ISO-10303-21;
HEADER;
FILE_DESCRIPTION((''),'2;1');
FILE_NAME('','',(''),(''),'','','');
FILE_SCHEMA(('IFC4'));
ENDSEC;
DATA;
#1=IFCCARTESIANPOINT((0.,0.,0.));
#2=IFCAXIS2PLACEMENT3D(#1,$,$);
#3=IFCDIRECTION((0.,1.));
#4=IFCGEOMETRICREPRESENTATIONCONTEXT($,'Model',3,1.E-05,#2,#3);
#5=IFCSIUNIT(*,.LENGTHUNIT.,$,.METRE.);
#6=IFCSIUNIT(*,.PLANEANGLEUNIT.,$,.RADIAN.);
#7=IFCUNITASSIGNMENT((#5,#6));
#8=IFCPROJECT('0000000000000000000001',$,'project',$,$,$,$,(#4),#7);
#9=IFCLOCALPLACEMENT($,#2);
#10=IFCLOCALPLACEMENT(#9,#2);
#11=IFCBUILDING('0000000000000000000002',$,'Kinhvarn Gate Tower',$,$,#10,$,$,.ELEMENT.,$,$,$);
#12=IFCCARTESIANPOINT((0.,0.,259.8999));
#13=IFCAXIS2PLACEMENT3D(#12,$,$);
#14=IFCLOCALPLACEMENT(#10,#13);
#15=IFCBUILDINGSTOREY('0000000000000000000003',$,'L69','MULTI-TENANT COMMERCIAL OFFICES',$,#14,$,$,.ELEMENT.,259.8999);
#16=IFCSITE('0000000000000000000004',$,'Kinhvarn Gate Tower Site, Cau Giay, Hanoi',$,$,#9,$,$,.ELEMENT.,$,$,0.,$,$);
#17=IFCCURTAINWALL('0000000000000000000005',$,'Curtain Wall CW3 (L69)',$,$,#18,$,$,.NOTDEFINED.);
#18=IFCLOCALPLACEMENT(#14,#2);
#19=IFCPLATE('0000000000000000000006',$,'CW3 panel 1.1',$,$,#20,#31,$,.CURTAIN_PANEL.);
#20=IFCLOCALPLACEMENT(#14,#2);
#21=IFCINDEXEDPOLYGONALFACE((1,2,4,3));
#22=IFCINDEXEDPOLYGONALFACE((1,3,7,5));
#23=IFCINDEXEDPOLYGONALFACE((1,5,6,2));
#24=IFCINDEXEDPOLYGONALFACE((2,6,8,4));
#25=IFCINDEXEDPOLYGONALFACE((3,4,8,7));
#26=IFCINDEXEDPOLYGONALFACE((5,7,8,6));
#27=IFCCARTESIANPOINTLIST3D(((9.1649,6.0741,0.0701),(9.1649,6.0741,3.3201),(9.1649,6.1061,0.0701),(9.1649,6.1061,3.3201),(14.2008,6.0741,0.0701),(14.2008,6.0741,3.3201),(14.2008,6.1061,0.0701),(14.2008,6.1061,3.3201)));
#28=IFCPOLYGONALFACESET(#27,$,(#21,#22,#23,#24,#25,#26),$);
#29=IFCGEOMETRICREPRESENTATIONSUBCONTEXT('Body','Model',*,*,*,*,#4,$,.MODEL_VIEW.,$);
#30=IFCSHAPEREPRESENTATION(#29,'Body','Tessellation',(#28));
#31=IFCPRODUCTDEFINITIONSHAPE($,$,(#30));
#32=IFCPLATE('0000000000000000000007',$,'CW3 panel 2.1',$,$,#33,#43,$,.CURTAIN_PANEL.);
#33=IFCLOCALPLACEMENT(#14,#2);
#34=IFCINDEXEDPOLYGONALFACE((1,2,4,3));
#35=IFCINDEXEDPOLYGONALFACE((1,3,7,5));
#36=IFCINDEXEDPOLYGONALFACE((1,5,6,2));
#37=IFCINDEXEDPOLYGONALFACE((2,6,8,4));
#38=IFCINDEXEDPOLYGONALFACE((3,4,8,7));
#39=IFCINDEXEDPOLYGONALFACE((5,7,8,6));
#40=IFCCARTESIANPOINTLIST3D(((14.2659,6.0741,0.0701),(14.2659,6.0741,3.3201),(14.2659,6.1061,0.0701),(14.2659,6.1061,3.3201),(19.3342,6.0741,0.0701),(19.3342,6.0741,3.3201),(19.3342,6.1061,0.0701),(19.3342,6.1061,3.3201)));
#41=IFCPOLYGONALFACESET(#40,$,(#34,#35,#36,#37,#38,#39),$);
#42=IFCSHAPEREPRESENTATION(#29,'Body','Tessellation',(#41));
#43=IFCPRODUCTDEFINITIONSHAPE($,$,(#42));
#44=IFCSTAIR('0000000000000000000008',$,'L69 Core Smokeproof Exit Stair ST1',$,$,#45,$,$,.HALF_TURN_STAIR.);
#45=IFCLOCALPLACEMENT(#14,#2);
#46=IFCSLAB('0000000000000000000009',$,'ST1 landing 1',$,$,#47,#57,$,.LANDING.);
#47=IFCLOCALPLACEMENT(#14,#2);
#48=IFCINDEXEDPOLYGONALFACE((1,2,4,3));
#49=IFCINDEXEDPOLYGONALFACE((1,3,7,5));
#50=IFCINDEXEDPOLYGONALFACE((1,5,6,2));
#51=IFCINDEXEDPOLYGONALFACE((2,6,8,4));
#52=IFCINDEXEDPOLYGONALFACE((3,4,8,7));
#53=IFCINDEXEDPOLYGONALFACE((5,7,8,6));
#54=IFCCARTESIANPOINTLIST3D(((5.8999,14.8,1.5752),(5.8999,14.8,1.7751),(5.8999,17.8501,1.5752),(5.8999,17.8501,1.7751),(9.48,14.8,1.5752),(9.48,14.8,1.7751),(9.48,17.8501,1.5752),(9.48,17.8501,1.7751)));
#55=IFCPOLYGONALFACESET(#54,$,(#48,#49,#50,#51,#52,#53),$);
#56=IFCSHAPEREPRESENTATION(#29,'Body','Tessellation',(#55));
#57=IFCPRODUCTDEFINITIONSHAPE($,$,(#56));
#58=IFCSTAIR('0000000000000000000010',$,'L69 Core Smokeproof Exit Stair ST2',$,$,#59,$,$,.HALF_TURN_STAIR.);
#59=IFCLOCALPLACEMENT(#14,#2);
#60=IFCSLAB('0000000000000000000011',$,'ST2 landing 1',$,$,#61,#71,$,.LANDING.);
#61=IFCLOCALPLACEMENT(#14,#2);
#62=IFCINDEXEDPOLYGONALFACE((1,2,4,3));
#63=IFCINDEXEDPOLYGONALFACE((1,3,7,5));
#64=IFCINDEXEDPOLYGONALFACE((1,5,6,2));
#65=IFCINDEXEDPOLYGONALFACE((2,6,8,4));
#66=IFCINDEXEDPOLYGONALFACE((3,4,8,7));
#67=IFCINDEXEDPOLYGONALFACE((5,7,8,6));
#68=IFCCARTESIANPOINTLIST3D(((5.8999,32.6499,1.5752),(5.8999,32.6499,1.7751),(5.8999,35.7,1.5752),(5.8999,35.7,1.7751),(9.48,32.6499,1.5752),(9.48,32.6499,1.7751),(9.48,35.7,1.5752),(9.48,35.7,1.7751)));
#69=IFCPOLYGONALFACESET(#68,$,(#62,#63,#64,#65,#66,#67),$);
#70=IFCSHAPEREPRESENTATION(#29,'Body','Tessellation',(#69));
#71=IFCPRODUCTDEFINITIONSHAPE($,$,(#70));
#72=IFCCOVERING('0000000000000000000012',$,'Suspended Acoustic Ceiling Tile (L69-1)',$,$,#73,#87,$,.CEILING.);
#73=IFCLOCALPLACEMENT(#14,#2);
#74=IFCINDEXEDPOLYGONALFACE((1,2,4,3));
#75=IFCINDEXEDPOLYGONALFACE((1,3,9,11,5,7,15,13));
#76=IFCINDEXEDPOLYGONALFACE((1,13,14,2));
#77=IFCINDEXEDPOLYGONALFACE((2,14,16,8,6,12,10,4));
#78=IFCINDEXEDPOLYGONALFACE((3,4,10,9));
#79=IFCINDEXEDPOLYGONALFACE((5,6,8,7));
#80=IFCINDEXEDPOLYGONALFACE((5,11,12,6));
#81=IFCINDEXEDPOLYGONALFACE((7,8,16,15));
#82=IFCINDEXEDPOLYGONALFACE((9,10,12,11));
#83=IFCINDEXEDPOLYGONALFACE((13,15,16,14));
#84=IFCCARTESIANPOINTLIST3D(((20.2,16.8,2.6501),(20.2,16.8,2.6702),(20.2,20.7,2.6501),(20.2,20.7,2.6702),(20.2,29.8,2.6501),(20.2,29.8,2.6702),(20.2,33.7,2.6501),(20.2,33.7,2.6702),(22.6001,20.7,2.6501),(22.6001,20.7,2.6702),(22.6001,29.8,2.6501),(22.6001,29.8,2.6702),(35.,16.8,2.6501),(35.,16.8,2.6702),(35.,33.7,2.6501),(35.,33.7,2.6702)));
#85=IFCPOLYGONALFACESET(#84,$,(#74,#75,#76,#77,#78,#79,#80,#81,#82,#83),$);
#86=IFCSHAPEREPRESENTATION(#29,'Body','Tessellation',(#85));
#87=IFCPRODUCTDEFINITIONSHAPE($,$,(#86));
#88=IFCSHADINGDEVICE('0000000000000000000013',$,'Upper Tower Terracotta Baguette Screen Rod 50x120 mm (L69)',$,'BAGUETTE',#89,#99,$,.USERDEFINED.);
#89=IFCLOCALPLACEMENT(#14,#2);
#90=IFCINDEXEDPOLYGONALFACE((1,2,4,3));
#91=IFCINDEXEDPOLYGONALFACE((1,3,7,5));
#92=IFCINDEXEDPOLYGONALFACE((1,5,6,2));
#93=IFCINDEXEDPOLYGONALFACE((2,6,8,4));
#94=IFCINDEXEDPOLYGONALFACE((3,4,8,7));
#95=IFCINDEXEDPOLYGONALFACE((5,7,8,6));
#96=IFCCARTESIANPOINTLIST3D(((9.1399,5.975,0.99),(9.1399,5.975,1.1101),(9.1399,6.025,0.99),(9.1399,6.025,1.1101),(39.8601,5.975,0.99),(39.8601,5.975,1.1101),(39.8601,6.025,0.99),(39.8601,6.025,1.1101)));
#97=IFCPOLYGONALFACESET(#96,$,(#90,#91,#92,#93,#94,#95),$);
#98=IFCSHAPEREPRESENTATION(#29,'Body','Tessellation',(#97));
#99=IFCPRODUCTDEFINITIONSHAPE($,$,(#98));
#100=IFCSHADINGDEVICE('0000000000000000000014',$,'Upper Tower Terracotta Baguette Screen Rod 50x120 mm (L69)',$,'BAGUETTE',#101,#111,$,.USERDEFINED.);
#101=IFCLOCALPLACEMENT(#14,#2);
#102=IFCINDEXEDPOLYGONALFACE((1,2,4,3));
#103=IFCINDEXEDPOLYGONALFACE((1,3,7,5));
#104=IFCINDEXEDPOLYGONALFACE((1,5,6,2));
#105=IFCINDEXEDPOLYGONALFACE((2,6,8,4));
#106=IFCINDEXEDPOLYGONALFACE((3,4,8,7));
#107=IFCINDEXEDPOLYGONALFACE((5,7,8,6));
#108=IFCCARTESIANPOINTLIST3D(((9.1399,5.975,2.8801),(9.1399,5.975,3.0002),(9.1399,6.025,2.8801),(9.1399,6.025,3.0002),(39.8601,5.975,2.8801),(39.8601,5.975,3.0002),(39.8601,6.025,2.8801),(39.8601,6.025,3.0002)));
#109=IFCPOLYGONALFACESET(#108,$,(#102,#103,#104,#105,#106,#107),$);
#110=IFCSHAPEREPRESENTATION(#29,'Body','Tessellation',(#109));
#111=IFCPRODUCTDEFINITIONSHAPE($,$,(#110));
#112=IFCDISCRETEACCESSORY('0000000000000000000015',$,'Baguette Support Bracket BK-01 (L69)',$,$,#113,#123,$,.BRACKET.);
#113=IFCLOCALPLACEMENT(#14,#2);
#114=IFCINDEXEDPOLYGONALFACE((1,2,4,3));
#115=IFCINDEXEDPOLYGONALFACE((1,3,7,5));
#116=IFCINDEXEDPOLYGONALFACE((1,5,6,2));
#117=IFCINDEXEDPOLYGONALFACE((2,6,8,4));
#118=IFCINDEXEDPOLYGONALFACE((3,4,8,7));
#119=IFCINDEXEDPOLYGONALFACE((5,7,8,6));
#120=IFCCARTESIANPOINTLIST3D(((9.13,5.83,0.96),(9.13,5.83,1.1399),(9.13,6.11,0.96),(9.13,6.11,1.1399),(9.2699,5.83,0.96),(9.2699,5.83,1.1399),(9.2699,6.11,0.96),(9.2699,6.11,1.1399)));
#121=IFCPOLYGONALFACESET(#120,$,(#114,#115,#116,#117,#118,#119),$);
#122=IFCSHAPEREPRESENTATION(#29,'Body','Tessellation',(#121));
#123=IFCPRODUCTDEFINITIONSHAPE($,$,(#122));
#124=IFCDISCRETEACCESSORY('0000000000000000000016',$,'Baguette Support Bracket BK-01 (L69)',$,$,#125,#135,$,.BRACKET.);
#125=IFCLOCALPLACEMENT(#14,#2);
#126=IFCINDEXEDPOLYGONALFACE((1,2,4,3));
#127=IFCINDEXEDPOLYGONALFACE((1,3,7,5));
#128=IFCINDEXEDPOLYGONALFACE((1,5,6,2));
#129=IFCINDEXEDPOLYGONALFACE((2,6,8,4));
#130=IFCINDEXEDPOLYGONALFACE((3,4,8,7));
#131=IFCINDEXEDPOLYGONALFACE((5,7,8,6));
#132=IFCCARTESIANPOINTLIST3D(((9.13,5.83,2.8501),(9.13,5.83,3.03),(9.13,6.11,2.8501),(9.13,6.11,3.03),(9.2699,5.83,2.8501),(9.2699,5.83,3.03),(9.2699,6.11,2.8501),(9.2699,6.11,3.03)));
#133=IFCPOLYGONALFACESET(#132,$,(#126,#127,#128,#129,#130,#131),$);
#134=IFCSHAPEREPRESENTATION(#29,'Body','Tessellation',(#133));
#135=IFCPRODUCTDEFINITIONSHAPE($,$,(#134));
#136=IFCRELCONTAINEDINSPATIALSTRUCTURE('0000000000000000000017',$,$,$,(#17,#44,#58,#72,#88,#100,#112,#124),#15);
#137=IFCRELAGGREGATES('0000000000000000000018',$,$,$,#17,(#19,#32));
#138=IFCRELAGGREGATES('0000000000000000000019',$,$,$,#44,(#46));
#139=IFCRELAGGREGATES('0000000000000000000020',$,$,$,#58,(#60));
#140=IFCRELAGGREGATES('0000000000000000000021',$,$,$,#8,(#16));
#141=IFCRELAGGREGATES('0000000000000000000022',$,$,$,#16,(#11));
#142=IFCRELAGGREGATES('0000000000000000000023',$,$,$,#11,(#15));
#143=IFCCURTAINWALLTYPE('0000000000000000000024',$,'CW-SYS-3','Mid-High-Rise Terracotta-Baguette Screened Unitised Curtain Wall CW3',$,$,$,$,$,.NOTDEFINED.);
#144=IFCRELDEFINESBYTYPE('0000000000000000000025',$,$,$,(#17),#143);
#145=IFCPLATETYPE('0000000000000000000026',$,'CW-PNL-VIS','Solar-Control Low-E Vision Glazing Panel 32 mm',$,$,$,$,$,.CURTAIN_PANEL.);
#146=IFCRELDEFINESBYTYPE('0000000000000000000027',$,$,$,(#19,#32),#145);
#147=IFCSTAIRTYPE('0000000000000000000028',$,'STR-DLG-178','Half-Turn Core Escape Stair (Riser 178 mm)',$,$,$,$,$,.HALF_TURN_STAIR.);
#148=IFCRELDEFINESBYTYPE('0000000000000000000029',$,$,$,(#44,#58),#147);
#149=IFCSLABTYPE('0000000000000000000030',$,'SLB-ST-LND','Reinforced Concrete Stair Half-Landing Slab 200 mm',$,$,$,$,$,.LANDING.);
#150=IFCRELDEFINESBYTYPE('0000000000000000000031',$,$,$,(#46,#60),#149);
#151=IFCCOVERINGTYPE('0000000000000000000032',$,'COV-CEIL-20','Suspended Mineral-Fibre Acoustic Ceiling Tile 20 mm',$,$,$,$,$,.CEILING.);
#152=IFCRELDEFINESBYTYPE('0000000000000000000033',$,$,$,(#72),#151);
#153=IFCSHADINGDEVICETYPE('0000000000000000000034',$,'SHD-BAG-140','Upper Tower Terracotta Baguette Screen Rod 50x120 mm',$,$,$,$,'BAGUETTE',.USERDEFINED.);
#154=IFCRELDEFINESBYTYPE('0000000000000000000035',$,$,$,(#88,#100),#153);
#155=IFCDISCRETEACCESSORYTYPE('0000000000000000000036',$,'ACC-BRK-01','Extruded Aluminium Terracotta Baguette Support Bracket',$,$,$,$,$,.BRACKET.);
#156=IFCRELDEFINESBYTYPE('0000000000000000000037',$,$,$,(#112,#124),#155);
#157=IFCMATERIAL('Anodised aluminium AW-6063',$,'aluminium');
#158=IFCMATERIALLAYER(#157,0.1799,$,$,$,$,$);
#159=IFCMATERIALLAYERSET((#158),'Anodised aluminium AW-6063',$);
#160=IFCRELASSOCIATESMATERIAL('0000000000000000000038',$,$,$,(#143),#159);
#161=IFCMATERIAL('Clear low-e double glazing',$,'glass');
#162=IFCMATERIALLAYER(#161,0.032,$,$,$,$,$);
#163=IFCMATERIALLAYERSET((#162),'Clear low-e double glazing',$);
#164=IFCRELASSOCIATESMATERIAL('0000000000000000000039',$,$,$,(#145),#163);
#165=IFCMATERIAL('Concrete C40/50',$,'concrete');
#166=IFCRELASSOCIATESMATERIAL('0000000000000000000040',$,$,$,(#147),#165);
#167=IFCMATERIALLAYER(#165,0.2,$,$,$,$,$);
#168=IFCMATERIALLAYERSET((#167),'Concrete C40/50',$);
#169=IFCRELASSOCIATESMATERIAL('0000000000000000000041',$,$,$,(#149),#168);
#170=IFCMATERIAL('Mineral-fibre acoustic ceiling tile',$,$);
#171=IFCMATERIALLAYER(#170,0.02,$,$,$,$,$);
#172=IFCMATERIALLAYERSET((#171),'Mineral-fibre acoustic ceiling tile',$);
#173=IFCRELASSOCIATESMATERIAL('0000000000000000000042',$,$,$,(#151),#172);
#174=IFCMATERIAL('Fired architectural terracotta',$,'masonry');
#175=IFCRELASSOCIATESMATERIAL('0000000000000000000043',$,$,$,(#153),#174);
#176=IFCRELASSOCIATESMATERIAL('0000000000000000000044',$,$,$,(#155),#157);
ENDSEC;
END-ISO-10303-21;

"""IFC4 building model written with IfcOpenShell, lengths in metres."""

from ifc_helpers import new_model, si_unit, direction, frame, origin, origin_2d, place, context, subcontext, project, spatial, polyline, rectangle, outline, extrude, material, layer, layer_set, material_profile, profile_set, type_object, element, aggregate, save


model = new_model("IFC4")

# Units and contexts
model_context = context("Model", 3, precision=1e-05, world=origin(), true_north=direction((0.0, 1.0)))
body_context = subcontext(model_context, "Body", "Model", "MODEL_VIEW")
ifc_project = project(units=[si_unit("LENGTHUNIT", "METRE"), si_unit("PLANEANGLEUNIT", "RADIAN")], contexts=[model_context])

# Site, building, storey
site_placement = place(None, origin())
site = spatial("IfcSite", under=ifc_project, at=site_placement, Name="Kinhvarn Gate Tower Site, Cau Giay, Hanoi", CompositionType="ELEMENT", RefElevation=0.0)
building_placement = place(site_placement, origin())
building = spatial("IfcBuilding", under=site, at=building_placement, Name="Kinhvarn Gate Tower", CompositionType="ELEMENT")
storey_placement = place(building_placement, frame((0.0, 0.0, 259.8999)))
storey = spatial("IfcBuildingStorey", under=building, at=storey_placement, Name="L69", Description="MULTI-TENANT COMMERCIAL OFFICES", CompositionType="ELEMENT", Elevation=259.8999)

# Curtain wall
ifc_material_1 = material(Name="Anodised aluminium AW-6063", Category="aluminium")
ifc_layer_1 = layer(ifc_material_1, 0.1799)
ifc_layer_set_1 = layer_set([ifc_layer_1], Name="Anodised aluminium AW-6063")
curtain_wall_type = type_object("IfcCurtainWallType", Name="CW-SYS-3", Description="Mid-High-Rise Terracotta-Baguette Screened Unitised Curtain Wall CW3", PredefinedType="NOTDEFINED", material=ifc_layer_set_1)
curtain_wall_placement = place(storey_placement, origin())
curtain_wall = element("IfcCurtainWall", 1, at=curtain_wall_placement, inside=storey, type_object=curtain_wall_type, Name="Curtain Wall CW3 (L69)", PredefinedType="NOTDEFINED")

# Plates
ifc_material_2 = material(Name="Clear low-e double glazing", Category="glass")
ifc_layer_2 = layer(ifc_material_2, 0.032)
ifc_layer_set_2 = layer_set([ifc_layer_2], Name="Clear low-e double glazing")
plate_type = type_object("IfcPlateType", Name="CW-PNL-VIS", Description="Solar-Control Low-E Vision Glazing Panel 32 mm", PredefinedType="CURTAIN_PANEL", material=ifc_layer_set_2)
plate_1_placement = place(storey_placement, frame((11.6829, 6.0901, 0.0701), z_axis=(0.0, 0.0, 1.0), x_axis=(1.0, 0.0, 0.0)))
plate_1 = element("IfcPlate", 2, at=plate_1_placement, type_object=plate_type, Name="CW3 panel 1.1", PredefinedType="CURTAIN_PANEL", context=body_context, shape_type="SweptSolid", body=[
    extrude(rectangle(XDim=5.0359, YDim=0.032, at=origin_2d()), origin(), (0.0, 0.0, 1.0), 3.25),
])
plate_2_placement = place(storey_placement, frame((16.8, 6.0901, 0.0701), z_axis=(0.0, 0.0, 1.0), x_axis=(1.0, 0.0, 0.0)))
plate_2 = element("IfcPlate", 3, at=plate_2_placement, type_object=plate_type, Name="CW3 panel 2.1", PredefinedType="CURTAIN_PANEL", context=body_context, shape_type="SweptSolid", body=[
    extrude(rectangle(XDim=5.0684, YDim=0.032, at=origin_2d()), origin(), (0.0, 0.0, 1.0), 3.25),
])
aggregate(curtain_wall, [plate_1, plate_2])

# Stairs, slabs
ifc_material_3 = material(Name="Concrete C40/50", Category="concrete")
stair_type = type_object("IfcStairType", Name="STR-DLG-178", Description="Half-Turn Core Escape Stair (Riser 178 mm)", PredefinedType="HALF_TURN_STAIR", material=ifc_material_3)
stair_1_placement = place(storey_placement, origin())
stair_1 = element("IfcStair", 4, at=stair_1_placement, inside=storey, type_object=stair_type, Name="L69 Core Smokeproof Exit Stair ST1", PredefinedType="HALF_TURN_STAIR")
ifc_layer_3 = layer(ifc_material_3, 0.2)
ifc_layer_set_3 = layer_set([ifc_layer_3], Name="Concrete C40/50")
slab_type = type_object("IfcSlabType", Name="SLB-ST-LND", Description="Reinforced Concrete Stair Half-Landing Slab 200 mm", PredefinedType="LANDING", material=ifc_layer_set_3)
slab_1_placement = place(storey_placement, frame((0.0, 0.0, 1.5752)))
slab_1 = element("IfcSlab", 5, at=slab_1_placement, type_object=slab_type, Name="ST1 landing 1", PredefinedType="LANDING", context=body_context, shape_type="SweptSolid", body=[
    extrude(outline(polyline([(9.48, 17.8501), (5.8999, 17.8501), (5.8999, 14.8), (9.48, 14.8), (9.48, 17.8501)])), origin(), (0.0, 0.0, 1.0), 0.2),
])
aggregate(stair_1, [slab_1])
stair_2_placement = place(storey_placement, origin())
stair_2 = element("IfcStair", 6, at=stair_2_placement, inside=storey, type_object=stair_type, Name="L69 Core Smokeproof Exit Stair ST2", PredefinedType="HALF_TURN_STAIR")
slab_2_placement = place(storey_placement, frame((0.0, 0.0, 1.5752)))
slab_2 = element("IfcSlab", 7, at=slab_2_placement, type_object=slab_type, Name="ST2 landing 1", PredefinedType="LANDING", context=body_context, shape_type="SweptSolid", body=[
    extrude(outline(polyline([(9.48, 35.7), (5.8999, 35.7), (5.8999, 32.6499), (9.48, 32.6499), (9.48, 35.7)])), origin(), (0.0, 0.0, 1.0), 0.2),
])
aggregate(stair_2, [slab_2])

# Covering
ifc_material_4 = material(Name="Mineral-fibre acoustic ceiling tile")
ifc_layer_4 = layer(ifc_material_4, 0.02)
ifc_layer_set_4 = layer_set([ifc_layer_4], Name="Mineral-fibre acoustic ceiling tile")
covering_type = type_object("IfcCoveringType", Name="COV-CEIL-20", Description="Suspended Mineral-Fibre Acoustic Ceiling Tile 20 mm", PredefinedType="CEILING", material=ifc_layer_set_4)
covering_placement = place(storey_placement, frame((0.0, 0.0, 2.6501)))
element("IfcCovering", 8, at=covering_placement, inside=storey, type_object=covering_type, Name="Suspended Acoustic Ceiling Tile (L69-1)", PredefinedType="CEILING", context=body_context, shape_type="SweptSolid", body=[
    extrude(outline(polyline([(35.0, 33.7), (35.0, 16.8), (20.2, 16.8), (20.2, 20.7), (22.6001, 20.7), (22.6001, 29.8), (20.2, 29.8), (20.2, 33.7), (35.0, 33.7)])), origin(), (0.0, 0.0, 1.0), 0.02),
])

# Shading devices
ifc_material_5 = material(Name="Fired architectural terracotta", Category="masonry")
ifc_material_profile_1 = material_profile(ifc_material_5, rectangle(XDim=0.05, YDim=0.1201, at=origin_2d()), Name="TC 50x120")
ifc_profile_set_1 = profile_set([ifc_material_profile_1], Name="Fired architectural terracotta")
shading_device_type = type_object("IfcShadingDeviceType", Name="SHD-BAG-140", Description="Upper Tower Terracotta Baguette Screen Rod 50x120 mm", ElementType="BAGUETTE", PredefinedType="USERDEFINED", material=ifc_profile_set_1)
for number, where, z_axis, x_axis, name in (
    (9, (9.1399, 6.0, 1.05), (1.0, 0.0, 0.0), (0.0, 1.0, 0.0), "Upper Tower Terracotta Baguette Screen Rod 50x120 mm (L69)"),
    (10, (9.1399, 6.0, 2.9402), (1.0, 0.0, 0.0), (0.0, 1.0, 0.0), "Upper Tower Terracotta Baguette Screen Rod 50x120 mm (L69)"),
):
    element("IfcShadingDevice", number, at=place(storey_placement, frame(where, z_axis=z_axis, x_axis=x_axis)), inside=storey, type_object=shading_device_type, Name=name, ObjectType="BAGUETTE", PredefinedType="USERDEFINED", context=body_context, shape_type="SweptSolid", body=[
        extrude(rectangle(XDim=0.05, YDim=0.1201, at=origin_2d()), origin(), (0.0, 0.0, 1.0), 30.7202),
    ])

# Discrete accessories
discrete_accessory_type = type_object("IfcDiscreteAccessoryType", Name="ACC-BRK-01", Description="Extruded Aluminium Terracotta Baguette Support Bracket", PredefinedType="BRACKET", material=ifc_material_1)
for number, where, z_axis, x_axis, name in (
    (11, (9.2, 5.97, 0.96), (0.0, 0.0, 1.0), (1.0, 0.0, 0.0), "Baguette Support Bracket BK-01 (L69)"),
    (12, (9.2, 5.97, 2.8501), (0.0, 0.0, 1.0), (1.0, 0.0, 0.0), "Baguette Support Bracket BK-01 (L69)"),
):
    element("IfcDiscreteAccessory", number, at=place(storey_placement, frame(where, z_axis=z_axis, x_axis=x_axis)), inside=storey, type_object=discrete_accessory_type, Name=name, PredefinedType="BRACKET", context=body_context, shape_type="SweptSolid", body=[
        extrude(rectangle(XDim=0.1399, YDim=0.28, at=origin_2d()), origin(), (0.0, 0.0, 1.0), 0.1799),
    ])

save(model, "model.ifc")
